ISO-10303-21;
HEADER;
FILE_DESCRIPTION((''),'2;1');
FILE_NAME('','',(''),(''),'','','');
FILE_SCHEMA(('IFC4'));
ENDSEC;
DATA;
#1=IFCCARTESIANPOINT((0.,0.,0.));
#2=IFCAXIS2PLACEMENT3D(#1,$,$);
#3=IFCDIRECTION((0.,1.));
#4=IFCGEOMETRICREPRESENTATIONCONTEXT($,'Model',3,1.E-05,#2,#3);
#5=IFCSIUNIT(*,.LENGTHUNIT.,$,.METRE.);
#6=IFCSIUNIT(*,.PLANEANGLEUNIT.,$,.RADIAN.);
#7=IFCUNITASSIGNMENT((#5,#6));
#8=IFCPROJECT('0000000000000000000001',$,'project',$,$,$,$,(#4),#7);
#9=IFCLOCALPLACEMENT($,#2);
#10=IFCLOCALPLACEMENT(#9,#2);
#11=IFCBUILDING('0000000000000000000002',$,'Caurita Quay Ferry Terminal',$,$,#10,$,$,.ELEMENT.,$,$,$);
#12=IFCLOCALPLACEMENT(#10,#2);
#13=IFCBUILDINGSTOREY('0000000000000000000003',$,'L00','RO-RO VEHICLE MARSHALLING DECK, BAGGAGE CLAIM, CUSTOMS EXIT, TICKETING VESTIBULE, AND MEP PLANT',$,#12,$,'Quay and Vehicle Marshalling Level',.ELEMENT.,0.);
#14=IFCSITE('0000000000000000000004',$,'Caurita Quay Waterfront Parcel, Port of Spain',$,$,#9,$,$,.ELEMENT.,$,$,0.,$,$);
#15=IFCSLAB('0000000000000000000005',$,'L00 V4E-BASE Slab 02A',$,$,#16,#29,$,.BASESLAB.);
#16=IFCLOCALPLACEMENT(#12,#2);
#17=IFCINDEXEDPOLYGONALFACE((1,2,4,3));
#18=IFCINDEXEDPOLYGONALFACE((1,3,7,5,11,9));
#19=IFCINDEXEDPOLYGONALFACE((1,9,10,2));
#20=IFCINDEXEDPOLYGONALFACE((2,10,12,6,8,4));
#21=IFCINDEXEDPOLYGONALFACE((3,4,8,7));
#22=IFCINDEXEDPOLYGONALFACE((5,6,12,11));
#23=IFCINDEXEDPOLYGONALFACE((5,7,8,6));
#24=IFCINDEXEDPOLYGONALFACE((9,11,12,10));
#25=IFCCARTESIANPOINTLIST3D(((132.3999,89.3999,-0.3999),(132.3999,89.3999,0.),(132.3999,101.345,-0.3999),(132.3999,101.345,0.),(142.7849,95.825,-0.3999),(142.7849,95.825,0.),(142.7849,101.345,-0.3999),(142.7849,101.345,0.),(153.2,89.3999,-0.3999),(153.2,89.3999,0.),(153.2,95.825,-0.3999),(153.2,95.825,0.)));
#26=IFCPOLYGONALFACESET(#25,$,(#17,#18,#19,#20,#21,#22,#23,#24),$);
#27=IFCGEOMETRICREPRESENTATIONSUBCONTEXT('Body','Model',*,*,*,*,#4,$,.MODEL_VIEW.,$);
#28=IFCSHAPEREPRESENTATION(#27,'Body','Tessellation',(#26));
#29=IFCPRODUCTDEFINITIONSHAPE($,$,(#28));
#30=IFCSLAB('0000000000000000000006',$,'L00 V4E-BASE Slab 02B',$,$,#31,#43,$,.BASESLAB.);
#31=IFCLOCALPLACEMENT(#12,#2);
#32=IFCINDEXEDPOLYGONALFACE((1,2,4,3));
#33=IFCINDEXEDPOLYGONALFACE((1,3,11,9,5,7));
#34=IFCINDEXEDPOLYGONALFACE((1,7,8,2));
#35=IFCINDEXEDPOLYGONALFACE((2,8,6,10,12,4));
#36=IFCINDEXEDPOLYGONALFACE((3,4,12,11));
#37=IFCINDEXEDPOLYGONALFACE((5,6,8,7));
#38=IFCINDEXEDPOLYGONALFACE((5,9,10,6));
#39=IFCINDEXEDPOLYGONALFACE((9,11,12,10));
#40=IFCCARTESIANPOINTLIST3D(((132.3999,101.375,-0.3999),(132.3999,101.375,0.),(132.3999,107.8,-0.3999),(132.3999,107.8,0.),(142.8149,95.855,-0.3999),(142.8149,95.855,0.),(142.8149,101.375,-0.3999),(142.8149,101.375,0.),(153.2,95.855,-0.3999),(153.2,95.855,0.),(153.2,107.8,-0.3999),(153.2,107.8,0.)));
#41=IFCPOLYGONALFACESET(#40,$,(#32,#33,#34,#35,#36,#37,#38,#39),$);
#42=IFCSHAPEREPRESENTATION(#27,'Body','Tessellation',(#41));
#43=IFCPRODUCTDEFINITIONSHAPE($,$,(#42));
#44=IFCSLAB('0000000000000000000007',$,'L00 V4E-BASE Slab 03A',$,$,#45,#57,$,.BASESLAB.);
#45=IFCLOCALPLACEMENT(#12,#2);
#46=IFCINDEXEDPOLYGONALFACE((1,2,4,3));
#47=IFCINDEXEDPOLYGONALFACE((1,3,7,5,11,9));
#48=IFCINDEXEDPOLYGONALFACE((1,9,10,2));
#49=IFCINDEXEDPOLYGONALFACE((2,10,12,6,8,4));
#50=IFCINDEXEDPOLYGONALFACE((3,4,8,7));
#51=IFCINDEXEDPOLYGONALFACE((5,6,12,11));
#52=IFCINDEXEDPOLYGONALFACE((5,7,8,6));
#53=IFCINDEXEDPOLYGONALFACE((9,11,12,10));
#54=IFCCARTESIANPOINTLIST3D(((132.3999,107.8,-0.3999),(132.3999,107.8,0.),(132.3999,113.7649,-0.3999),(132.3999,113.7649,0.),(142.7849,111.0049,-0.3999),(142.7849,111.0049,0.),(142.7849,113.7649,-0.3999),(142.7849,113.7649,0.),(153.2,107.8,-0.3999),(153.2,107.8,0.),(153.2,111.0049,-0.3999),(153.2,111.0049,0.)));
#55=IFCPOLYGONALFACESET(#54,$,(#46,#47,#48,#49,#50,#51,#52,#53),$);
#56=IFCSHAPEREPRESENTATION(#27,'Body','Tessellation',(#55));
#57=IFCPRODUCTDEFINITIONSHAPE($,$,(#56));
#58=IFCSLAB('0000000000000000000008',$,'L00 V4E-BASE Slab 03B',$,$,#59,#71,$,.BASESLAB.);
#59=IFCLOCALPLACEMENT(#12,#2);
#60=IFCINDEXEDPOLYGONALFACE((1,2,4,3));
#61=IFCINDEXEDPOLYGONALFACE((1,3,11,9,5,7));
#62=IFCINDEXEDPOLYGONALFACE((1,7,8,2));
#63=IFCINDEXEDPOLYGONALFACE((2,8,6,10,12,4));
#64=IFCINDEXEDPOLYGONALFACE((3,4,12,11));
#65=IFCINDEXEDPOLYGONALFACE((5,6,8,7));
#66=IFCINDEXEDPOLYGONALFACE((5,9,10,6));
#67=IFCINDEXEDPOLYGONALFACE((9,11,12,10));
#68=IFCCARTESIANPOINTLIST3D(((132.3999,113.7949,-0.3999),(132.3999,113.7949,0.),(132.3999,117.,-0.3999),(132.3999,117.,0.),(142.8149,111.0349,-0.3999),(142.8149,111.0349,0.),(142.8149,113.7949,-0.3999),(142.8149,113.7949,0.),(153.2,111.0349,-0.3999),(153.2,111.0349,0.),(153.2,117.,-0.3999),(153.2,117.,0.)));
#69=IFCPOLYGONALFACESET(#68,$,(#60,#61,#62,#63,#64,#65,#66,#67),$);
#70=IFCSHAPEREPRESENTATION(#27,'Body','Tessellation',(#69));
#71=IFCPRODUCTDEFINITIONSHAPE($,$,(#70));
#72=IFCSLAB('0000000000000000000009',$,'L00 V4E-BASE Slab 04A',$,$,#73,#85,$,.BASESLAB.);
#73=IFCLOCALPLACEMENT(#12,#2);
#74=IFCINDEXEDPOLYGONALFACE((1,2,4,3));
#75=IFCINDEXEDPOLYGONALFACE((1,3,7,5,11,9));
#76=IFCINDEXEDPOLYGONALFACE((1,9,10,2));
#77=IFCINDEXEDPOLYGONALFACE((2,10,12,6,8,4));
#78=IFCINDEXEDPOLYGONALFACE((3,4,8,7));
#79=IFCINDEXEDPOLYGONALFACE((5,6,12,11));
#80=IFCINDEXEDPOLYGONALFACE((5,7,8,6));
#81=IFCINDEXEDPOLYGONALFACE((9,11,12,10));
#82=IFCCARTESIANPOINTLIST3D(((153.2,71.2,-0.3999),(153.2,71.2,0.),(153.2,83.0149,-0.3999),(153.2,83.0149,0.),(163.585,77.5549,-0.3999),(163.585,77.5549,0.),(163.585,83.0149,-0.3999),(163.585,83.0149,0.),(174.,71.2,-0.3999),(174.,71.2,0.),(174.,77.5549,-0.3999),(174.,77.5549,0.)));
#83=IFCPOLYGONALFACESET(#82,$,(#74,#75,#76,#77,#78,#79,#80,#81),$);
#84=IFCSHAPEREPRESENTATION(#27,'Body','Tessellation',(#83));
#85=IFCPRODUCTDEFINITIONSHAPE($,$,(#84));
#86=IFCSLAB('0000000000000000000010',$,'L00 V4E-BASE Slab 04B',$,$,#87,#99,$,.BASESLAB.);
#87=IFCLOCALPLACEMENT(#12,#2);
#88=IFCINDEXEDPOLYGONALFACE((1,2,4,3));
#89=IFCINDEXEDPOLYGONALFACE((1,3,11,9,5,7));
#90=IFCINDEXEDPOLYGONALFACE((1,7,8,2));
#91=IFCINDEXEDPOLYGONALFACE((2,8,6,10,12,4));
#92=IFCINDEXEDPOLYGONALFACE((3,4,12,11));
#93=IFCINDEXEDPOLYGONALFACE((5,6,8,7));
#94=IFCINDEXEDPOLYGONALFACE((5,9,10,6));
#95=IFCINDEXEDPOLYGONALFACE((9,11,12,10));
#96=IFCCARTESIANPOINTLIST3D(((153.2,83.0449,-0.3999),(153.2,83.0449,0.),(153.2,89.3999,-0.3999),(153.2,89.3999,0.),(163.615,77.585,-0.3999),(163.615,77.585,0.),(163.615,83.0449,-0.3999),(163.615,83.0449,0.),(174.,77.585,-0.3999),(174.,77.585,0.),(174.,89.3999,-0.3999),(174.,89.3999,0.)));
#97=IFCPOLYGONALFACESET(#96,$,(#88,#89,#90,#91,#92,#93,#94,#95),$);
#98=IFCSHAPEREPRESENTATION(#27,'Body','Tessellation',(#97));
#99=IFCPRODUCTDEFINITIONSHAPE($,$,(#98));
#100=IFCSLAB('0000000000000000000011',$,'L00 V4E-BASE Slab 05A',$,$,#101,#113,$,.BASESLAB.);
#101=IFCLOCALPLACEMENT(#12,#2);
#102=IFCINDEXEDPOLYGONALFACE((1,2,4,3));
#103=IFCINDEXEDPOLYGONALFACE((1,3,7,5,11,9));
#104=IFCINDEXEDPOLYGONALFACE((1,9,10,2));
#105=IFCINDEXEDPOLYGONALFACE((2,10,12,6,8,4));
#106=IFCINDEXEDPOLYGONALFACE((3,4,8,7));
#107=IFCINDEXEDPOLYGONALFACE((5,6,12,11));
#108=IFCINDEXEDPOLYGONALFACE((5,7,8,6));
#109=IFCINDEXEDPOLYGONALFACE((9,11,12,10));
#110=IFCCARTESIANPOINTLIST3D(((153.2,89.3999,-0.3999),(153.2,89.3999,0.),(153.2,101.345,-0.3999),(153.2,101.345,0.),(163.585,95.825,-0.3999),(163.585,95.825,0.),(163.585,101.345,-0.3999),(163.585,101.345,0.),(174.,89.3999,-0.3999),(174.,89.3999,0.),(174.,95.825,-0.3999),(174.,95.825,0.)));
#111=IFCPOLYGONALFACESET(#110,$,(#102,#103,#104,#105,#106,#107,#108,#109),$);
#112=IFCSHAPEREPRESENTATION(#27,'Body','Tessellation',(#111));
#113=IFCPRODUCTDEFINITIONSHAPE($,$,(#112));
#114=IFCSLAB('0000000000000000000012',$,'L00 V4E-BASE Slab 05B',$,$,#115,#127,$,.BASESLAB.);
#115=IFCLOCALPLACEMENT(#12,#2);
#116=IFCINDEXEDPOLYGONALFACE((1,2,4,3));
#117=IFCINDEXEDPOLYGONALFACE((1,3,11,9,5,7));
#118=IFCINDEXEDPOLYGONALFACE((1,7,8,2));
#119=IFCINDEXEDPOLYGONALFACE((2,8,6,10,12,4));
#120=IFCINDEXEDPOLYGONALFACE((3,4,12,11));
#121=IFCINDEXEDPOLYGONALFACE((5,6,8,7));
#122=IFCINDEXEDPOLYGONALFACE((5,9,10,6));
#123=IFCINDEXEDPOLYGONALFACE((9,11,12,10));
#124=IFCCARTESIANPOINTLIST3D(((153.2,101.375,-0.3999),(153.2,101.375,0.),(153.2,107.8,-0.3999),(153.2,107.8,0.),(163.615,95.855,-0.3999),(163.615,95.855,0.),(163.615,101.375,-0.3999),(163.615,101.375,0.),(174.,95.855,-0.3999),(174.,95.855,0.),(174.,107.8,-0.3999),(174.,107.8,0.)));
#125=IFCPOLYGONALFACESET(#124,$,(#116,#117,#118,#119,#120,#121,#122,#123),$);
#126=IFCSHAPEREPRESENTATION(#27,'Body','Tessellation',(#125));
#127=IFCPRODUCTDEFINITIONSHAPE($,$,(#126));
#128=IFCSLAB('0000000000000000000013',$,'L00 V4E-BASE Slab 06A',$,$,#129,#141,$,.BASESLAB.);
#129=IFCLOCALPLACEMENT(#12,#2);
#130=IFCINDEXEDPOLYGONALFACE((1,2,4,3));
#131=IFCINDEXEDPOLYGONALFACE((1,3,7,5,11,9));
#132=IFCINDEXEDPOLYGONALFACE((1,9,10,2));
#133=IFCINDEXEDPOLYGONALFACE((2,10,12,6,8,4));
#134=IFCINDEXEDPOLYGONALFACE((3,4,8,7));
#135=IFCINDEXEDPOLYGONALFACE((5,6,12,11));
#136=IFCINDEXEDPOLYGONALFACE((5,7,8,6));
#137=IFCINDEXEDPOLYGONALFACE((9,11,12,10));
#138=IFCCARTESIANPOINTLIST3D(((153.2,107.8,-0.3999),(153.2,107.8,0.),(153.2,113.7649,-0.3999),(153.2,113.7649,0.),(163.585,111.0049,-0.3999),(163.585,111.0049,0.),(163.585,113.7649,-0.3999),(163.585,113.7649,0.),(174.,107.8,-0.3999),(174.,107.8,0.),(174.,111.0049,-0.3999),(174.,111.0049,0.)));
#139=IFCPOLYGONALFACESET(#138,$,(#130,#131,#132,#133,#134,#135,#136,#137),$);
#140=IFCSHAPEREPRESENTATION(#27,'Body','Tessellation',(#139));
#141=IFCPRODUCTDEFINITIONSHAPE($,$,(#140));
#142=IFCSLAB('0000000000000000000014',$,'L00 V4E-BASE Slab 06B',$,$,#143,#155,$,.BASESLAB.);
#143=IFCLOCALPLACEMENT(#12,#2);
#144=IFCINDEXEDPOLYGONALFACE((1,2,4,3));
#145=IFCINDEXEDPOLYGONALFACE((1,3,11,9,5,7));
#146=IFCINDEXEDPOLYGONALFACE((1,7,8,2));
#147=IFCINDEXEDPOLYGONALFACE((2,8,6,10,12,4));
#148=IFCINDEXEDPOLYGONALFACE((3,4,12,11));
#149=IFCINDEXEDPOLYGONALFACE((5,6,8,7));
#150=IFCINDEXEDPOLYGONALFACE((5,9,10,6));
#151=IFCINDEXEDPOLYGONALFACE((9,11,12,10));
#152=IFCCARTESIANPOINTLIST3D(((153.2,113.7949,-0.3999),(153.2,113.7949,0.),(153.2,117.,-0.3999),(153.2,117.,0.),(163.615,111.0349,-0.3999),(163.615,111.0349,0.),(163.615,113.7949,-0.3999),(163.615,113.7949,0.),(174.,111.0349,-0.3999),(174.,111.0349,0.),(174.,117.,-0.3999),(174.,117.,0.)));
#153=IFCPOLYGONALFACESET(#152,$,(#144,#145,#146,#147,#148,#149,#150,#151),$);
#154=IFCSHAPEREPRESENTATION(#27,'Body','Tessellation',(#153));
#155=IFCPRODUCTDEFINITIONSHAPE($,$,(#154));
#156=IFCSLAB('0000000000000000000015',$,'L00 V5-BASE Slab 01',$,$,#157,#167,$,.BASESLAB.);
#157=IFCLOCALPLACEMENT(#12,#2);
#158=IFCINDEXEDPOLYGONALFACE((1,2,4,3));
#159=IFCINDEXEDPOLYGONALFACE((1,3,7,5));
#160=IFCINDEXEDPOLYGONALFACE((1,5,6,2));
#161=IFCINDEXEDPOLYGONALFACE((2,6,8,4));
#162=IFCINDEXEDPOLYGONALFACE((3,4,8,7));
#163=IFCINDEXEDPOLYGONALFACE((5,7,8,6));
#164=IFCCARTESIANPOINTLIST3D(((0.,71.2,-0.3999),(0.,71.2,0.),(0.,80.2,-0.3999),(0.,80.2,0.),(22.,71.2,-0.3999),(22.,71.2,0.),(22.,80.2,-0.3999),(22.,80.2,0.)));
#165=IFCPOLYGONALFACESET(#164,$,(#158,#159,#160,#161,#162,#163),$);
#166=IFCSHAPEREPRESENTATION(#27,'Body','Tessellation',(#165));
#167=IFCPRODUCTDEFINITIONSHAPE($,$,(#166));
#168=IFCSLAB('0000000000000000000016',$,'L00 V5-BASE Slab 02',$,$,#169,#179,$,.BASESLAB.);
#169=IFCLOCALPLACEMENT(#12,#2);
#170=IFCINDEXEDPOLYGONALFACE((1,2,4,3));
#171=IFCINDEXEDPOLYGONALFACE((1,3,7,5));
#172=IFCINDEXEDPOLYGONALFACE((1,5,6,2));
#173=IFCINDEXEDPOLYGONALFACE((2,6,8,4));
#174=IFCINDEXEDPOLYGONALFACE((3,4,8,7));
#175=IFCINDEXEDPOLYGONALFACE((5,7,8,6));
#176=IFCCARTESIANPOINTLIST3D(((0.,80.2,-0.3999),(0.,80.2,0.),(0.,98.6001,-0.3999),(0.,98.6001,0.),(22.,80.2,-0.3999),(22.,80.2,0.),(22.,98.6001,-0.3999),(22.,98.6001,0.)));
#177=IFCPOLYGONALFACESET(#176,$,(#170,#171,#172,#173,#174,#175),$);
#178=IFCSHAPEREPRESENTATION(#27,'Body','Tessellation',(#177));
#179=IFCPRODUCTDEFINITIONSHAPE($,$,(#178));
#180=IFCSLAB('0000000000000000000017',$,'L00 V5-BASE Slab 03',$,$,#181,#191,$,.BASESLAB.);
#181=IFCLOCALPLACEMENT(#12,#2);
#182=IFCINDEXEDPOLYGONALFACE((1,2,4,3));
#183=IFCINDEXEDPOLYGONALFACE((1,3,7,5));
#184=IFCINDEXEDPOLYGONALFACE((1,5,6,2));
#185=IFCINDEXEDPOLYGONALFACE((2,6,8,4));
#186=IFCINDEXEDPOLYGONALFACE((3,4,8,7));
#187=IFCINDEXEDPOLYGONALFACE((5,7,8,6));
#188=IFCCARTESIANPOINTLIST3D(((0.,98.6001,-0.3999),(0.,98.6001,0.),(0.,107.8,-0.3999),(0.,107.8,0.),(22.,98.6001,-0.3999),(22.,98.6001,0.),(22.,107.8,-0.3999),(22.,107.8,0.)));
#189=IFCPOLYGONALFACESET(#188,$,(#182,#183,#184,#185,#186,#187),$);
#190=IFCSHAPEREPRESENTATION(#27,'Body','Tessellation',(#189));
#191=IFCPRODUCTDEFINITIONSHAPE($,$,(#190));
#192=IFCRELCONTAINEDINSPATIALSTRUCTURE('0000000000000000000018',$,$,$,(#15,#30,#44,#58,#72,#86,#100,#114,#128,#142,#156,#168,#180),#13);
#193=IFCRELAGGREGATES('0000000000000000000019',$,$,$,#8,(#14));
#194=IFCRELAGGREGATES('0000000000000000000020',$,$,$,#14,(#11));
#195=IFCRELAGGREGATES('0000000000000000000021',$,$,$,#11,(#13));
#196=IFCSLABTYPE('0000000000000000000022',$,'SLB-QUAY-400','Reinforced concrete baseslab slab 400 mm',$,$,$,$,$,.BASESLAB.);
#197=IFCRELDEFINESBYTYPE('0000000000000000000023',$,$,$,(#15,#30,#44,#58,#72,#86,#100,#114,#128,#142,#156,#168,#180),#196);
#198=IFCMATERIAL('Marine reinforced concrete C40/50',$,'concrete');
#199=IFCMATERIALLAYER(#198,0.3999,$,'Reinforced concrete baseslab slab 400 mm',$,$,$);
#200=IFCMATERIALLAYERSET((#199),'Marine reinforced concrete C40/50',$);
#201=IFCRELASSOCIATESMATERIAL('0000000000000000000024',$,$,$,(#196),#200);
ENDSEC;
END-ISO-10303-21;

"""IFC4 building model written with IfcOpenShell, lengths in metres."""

from ifc_helpers import new_model, si_unit, direction, frame, origin, place, context, subcontext, project, spatial, polyline, outline, extrude, material, layer, layer_set, type_object, element, save


model = new_model("IFC4")

# Units and contexts
model_context = context("Model", 3, precision=1e-05, world=origin(), true_north=direction((0.0, 1.0)))
body_context = subcontext(model_context, "Body", "Model", "MODEL_VIEW")
ifc_project = project(units=[si_unit("LENGTHUNIT", "METRE"), si_unit("PLANEANGLEUNIT", "RADIAN")], contexts=[model_context])

# Site, building, storey
site_placement = place(None, origin())
site = spatial("IfcSite", under=ifc_project, at=site_placement, Name="Caurita Quay Waterfront Parcel, Port of Spain", CompositionType="ELEMENT", RefElevation=0.0)
building_placement = place(site_placement, origin())
building = spatial("IfcBuilding", under=site, at=building_placement, Name="Caurita Quay Ferry Terminal", CompositionType="ELEMENT")
storey_placement = place(building_placement, origin())
storey = spatial("IfcBuildingStorey", under=building, at=storey_placement, Name="L00", Description="RO-RO VEHICLE MARSHALLING DECK, BAGGAGE CLAIM, CUSTOMS EXIT, TICKETING VESTIBULE, AND MEP PLANT", LongName="Quay and Vehicle Marshalling Level", CompositionType="ELEMENT", Elevation=0.0)

# Slabs
ifc_material = material(Name="Marine reinforced concrete C40/50", Category="concrete")
ifc_layer = layer(ifc_material, 0.3999, Name="Reinforced concrete baseslab slab 400 mm")
ifc_layer_set = layer_set([ifc_layer], Name="Marine reinforced concrete C40/50")
slab_type = type_object("IfcSlabType", Name="SLB-QUAY-400", Description="Reinforced concrete baseslab slab 400 mm", PredefinedType="BASESLAB", material=ifc_layer_set)
slab_1_placement = place(storey_placement, frame((0.0, 0.0, -0.3999)))
element("IfcSlab", 1, at=slab_1_placement, inside=storey, type_object=slab_type, Name="L00 V4E-BASE Slab 02A", PredefinedType="BASESLAB", context=body_context, shape_type="SweptSolid", body=[
    extrude(outline(polyline([(132.3999, 89.3999), (153.2, 89.3999), (153.2, 95.825), (142.7849, 95.825), (142.7849, 101.345), (132.3999, 101.345), (132.3999, 89.3999)])), origin(), (0.0, 0.0, 1.0), 0.3999),
])
slab_2_placement = place(storey_placement, frame((0.0, 0.0, -0.3999)))
element("IfcSlab", 2, at=slab_2_placement, inside=storey, type_object=slab_type, Name="L00 V4E-BASE Slab 02B", PredefinedType="BASESLAB", context=body_context, shape_type="SweptSolid", body=[
    extrude(outline(polyline([(142.8149, 95.855), (153.2, 95.855), (153.2, 107.8), (132.3999, 107.8), (132.3999, 101.375), (142.8149, 101.375), (142.8149, 95.855)])), origin(), (0.0, 0.0, 1.0), 0.3999),
])
slab_3_placement = place(storey_placement, frame((0.0, 0.0, -0.3999)))
element("IfcSlab", 3, at=slab_3_placement, inside=storey, type_object=slab_type, Name="L00 V4E-BASE Slab 03A", PredefinedType="BASESLAB", context=body_context, shape_type="SweptSolid", body=[
    extrude(outline(polyline([(132.3999, 107.8), (153.2, 107.8), (153.2, 111.0049), (142.7849, 111.0049), (142.7849, 113.7649), (132.3999, 113.7649), (132.3999, 107.8)])), origin(), (0.0, 0.0, 1.0), 0.3999),
])
slab_4_placement = place(storey_placement, frame((0.0, 0.0, -0.3999)))
element("IfcSlab", 4, at=slab_4_placement, inside=storey, type_object=slab_type, Name="L00 V4E-BASE Slab 03B", PredefinedType="BASESLAB", context=body_context, shape_type="SweptSolid", body=[
    extrude(outline(polyline([(142.8149, 111.0349), (153.2, 111.0349), (153.2, 117.0), (132.3999, 117.0), (132.3999, 113.7949), (142.8149, 113.7949), (142.8149, 111.0349)])), origin(), (0.0, 0.0, 1.0), 0.3999),
])
slab_5_placement = place(storey_placement, frame((0.0, 0.0, -0.3999)))
element("IfcSlab", 5, at=slab_5_placement, inside=storey, type_object=slab_type, Name="L00 V4E-BASE Slab 04A", PredefinedType="BASESLAB", context=body_context, shape_type="SweptSolid", body=[
    extrude(outline(polyline([(153.2, 71.2), (174.0, 71.2), (174.0, 77.5549), (163.585, 77.5549), (163.585, 83.0149), (153.2, 83.0149), (153.2, 71.2)])), origin(), (0.0, 0.0, 1.0), 0.3999),
])
slab_6_placement = place(storey_placement, frame((0.0, 0.0, -0.3999)))
element("IfcSlab", 6, at=slab_6_placement, inside=storey, type_object=slab_type, Name="L00 V4E-BASE Slab 04B", PredefinedType="BASESLAB", context=body_context, shape_type="SweptSolid", body=[
    extrude(outline(polyline([(163.615, 77.585), (174.0, 77.585), (174.0, 89.3999), (153.2, 89.3999), (153.2, 83.0449), (163.615, 83.0449), (163.615, 77.585)])), origin(), (0.0, 0.0, 1.0), 0.3999),
])
slab_7_placement = place(storey_placement, frame((0.0, 0.0, -0.3999)))
element("IfcSlab", 7, at=slab_7_placement, inside=storey, type_object=slab_type, Name="L00 V4E-BASE Slab 05A", PredefinedType="BASESLAB", context=body_context, shape_type="SweptSolid", body=[
    extrude(outline(polyline([(153.2, 89.3999), (174.0, 89.3999), (174.0, 95.825), (163.585, 95.825), (163.585, 101.345), (153.2, 101.345), (153.2, 89.3999)])), origin(), (0.0, 0.0, 1.0), 0.3999),
])
slab_8_placement = place(storey_placement, frame((0.0, 0.0, -0.3999)))
element("IfcSlab", 8, at=slab_8_placement, inside=storey, type_object=slab_type, Name="L00 V4E-BASE Slab 05B", PredefinedType="BASESLAB", context=body_context, shape_type="SweptSolid", body=[
    extrude(outline(polyline([(163.615, 95.855), (174.0, 95.855), (174.0, 107.8), (153.2, 107.8), (153.2, 101.375), (163.615, 101.375), (163.615, 95.855)])), origin(), (0.0, 0.0, 1.0), 0.3999),
])
slab_9_placement = place(storey_placement, frame((0.0, 0.0, -0.3999)))
element("IfcSlab", 9, at=slab_9_placement, inside=storey, type_object=slab_type, Name="L00 V4E-BASE Slab 06A", PredefinedType="BASESLAB", context=body_context, shape_type="SweptSolid", body=[
    extrude(outline(polyline([(153.2, 107.8), (174.0, 107.8), (174.0, 111.0049), (163.585, 111.0049), (163.585, 113.7649), (153.2, 113.7649), (153.2, 107.8)])), origin(), (0.0, 0.0, 1.0), 0.3999),
])
slab_10_placement = place(storey_placement, frame((0.0, 0.0, -0.3999)))
element("IfcSlab", 10, at=slab_10_placement, inside=storey, type_object=slab_type, Name="L00 V4E-BASE Slab 06B", PredefinedType="BASESLAB", context=body_context, shape_type="SweptSolid", body=[
    extrude(outline(polyline([(163.615, 111.0349), (174.0, 111.0349), (174.0, 117.0), (153.2, 117.0), (153.2, 113.7949), (163.615, 113.7949), (163.615, 111.0349)])), origin(), (0.0, 0.0, 1.0), 0.3999),
])
slab_11_placement = place(storey_placement, frame((0.0, 0.0, -0.3999)))
element("IfcSlab", 11, at=slab_11_placement, inside=storey, type_object=slab_type, Name="L00 V5-BASE Slab 01", PredefinedType="BASESLAB", context=body_context, shape_type="SweptSolid", body=[
    extrude(outline(polyline([(0.0, 71.2), (22.0, 71.2), (22.0, 80.2), (0.0, 80.2), (0.0, 71.2)])), origin(), (0.0, 0.0, 1.0), 0.3999),
])
slab_12_placement = place(storey_placement, frame((0.0, 0.0, -0.3999)))
element("IfcSlab", 12, at=slab_12_placement, inside=storey, type_object=slab_type, Name="L00 V5-BASE Slab 02", PredefinedType="BASESLAB", context=body_context, shape_type="SweptSolid", body=[
    extrude(outline(polyline([(0.0, 80.2), (22.0, 80.2), (22.0, 98.6001), (0.0, 98.6001), (0.0, 80.2)])), origin(), (0.0, 0.0, 1.0), 0.3999),
])
slab_13_placement = place(storey_placement, frame((0.0, 0.0, -0.3999)))
element("IfcSlab", 13, at=slab_13_placement, inside=storey, type_object=slab_type, Name="L00 V5-BASE Slab 03", PredefinedType="BASESLAB", context=body_context, shape_type="SweptSolid", body=[
    extrude(outline(polyline([(0.0, 98.6001), (22.0, 98.6001), (22.0, 107.8), (0.0, 107.8), (0.0, 98.6001)])), origin(), (0.0, 0.0, 1.0), 0.3999),
])

save(model, "model.ifc")
